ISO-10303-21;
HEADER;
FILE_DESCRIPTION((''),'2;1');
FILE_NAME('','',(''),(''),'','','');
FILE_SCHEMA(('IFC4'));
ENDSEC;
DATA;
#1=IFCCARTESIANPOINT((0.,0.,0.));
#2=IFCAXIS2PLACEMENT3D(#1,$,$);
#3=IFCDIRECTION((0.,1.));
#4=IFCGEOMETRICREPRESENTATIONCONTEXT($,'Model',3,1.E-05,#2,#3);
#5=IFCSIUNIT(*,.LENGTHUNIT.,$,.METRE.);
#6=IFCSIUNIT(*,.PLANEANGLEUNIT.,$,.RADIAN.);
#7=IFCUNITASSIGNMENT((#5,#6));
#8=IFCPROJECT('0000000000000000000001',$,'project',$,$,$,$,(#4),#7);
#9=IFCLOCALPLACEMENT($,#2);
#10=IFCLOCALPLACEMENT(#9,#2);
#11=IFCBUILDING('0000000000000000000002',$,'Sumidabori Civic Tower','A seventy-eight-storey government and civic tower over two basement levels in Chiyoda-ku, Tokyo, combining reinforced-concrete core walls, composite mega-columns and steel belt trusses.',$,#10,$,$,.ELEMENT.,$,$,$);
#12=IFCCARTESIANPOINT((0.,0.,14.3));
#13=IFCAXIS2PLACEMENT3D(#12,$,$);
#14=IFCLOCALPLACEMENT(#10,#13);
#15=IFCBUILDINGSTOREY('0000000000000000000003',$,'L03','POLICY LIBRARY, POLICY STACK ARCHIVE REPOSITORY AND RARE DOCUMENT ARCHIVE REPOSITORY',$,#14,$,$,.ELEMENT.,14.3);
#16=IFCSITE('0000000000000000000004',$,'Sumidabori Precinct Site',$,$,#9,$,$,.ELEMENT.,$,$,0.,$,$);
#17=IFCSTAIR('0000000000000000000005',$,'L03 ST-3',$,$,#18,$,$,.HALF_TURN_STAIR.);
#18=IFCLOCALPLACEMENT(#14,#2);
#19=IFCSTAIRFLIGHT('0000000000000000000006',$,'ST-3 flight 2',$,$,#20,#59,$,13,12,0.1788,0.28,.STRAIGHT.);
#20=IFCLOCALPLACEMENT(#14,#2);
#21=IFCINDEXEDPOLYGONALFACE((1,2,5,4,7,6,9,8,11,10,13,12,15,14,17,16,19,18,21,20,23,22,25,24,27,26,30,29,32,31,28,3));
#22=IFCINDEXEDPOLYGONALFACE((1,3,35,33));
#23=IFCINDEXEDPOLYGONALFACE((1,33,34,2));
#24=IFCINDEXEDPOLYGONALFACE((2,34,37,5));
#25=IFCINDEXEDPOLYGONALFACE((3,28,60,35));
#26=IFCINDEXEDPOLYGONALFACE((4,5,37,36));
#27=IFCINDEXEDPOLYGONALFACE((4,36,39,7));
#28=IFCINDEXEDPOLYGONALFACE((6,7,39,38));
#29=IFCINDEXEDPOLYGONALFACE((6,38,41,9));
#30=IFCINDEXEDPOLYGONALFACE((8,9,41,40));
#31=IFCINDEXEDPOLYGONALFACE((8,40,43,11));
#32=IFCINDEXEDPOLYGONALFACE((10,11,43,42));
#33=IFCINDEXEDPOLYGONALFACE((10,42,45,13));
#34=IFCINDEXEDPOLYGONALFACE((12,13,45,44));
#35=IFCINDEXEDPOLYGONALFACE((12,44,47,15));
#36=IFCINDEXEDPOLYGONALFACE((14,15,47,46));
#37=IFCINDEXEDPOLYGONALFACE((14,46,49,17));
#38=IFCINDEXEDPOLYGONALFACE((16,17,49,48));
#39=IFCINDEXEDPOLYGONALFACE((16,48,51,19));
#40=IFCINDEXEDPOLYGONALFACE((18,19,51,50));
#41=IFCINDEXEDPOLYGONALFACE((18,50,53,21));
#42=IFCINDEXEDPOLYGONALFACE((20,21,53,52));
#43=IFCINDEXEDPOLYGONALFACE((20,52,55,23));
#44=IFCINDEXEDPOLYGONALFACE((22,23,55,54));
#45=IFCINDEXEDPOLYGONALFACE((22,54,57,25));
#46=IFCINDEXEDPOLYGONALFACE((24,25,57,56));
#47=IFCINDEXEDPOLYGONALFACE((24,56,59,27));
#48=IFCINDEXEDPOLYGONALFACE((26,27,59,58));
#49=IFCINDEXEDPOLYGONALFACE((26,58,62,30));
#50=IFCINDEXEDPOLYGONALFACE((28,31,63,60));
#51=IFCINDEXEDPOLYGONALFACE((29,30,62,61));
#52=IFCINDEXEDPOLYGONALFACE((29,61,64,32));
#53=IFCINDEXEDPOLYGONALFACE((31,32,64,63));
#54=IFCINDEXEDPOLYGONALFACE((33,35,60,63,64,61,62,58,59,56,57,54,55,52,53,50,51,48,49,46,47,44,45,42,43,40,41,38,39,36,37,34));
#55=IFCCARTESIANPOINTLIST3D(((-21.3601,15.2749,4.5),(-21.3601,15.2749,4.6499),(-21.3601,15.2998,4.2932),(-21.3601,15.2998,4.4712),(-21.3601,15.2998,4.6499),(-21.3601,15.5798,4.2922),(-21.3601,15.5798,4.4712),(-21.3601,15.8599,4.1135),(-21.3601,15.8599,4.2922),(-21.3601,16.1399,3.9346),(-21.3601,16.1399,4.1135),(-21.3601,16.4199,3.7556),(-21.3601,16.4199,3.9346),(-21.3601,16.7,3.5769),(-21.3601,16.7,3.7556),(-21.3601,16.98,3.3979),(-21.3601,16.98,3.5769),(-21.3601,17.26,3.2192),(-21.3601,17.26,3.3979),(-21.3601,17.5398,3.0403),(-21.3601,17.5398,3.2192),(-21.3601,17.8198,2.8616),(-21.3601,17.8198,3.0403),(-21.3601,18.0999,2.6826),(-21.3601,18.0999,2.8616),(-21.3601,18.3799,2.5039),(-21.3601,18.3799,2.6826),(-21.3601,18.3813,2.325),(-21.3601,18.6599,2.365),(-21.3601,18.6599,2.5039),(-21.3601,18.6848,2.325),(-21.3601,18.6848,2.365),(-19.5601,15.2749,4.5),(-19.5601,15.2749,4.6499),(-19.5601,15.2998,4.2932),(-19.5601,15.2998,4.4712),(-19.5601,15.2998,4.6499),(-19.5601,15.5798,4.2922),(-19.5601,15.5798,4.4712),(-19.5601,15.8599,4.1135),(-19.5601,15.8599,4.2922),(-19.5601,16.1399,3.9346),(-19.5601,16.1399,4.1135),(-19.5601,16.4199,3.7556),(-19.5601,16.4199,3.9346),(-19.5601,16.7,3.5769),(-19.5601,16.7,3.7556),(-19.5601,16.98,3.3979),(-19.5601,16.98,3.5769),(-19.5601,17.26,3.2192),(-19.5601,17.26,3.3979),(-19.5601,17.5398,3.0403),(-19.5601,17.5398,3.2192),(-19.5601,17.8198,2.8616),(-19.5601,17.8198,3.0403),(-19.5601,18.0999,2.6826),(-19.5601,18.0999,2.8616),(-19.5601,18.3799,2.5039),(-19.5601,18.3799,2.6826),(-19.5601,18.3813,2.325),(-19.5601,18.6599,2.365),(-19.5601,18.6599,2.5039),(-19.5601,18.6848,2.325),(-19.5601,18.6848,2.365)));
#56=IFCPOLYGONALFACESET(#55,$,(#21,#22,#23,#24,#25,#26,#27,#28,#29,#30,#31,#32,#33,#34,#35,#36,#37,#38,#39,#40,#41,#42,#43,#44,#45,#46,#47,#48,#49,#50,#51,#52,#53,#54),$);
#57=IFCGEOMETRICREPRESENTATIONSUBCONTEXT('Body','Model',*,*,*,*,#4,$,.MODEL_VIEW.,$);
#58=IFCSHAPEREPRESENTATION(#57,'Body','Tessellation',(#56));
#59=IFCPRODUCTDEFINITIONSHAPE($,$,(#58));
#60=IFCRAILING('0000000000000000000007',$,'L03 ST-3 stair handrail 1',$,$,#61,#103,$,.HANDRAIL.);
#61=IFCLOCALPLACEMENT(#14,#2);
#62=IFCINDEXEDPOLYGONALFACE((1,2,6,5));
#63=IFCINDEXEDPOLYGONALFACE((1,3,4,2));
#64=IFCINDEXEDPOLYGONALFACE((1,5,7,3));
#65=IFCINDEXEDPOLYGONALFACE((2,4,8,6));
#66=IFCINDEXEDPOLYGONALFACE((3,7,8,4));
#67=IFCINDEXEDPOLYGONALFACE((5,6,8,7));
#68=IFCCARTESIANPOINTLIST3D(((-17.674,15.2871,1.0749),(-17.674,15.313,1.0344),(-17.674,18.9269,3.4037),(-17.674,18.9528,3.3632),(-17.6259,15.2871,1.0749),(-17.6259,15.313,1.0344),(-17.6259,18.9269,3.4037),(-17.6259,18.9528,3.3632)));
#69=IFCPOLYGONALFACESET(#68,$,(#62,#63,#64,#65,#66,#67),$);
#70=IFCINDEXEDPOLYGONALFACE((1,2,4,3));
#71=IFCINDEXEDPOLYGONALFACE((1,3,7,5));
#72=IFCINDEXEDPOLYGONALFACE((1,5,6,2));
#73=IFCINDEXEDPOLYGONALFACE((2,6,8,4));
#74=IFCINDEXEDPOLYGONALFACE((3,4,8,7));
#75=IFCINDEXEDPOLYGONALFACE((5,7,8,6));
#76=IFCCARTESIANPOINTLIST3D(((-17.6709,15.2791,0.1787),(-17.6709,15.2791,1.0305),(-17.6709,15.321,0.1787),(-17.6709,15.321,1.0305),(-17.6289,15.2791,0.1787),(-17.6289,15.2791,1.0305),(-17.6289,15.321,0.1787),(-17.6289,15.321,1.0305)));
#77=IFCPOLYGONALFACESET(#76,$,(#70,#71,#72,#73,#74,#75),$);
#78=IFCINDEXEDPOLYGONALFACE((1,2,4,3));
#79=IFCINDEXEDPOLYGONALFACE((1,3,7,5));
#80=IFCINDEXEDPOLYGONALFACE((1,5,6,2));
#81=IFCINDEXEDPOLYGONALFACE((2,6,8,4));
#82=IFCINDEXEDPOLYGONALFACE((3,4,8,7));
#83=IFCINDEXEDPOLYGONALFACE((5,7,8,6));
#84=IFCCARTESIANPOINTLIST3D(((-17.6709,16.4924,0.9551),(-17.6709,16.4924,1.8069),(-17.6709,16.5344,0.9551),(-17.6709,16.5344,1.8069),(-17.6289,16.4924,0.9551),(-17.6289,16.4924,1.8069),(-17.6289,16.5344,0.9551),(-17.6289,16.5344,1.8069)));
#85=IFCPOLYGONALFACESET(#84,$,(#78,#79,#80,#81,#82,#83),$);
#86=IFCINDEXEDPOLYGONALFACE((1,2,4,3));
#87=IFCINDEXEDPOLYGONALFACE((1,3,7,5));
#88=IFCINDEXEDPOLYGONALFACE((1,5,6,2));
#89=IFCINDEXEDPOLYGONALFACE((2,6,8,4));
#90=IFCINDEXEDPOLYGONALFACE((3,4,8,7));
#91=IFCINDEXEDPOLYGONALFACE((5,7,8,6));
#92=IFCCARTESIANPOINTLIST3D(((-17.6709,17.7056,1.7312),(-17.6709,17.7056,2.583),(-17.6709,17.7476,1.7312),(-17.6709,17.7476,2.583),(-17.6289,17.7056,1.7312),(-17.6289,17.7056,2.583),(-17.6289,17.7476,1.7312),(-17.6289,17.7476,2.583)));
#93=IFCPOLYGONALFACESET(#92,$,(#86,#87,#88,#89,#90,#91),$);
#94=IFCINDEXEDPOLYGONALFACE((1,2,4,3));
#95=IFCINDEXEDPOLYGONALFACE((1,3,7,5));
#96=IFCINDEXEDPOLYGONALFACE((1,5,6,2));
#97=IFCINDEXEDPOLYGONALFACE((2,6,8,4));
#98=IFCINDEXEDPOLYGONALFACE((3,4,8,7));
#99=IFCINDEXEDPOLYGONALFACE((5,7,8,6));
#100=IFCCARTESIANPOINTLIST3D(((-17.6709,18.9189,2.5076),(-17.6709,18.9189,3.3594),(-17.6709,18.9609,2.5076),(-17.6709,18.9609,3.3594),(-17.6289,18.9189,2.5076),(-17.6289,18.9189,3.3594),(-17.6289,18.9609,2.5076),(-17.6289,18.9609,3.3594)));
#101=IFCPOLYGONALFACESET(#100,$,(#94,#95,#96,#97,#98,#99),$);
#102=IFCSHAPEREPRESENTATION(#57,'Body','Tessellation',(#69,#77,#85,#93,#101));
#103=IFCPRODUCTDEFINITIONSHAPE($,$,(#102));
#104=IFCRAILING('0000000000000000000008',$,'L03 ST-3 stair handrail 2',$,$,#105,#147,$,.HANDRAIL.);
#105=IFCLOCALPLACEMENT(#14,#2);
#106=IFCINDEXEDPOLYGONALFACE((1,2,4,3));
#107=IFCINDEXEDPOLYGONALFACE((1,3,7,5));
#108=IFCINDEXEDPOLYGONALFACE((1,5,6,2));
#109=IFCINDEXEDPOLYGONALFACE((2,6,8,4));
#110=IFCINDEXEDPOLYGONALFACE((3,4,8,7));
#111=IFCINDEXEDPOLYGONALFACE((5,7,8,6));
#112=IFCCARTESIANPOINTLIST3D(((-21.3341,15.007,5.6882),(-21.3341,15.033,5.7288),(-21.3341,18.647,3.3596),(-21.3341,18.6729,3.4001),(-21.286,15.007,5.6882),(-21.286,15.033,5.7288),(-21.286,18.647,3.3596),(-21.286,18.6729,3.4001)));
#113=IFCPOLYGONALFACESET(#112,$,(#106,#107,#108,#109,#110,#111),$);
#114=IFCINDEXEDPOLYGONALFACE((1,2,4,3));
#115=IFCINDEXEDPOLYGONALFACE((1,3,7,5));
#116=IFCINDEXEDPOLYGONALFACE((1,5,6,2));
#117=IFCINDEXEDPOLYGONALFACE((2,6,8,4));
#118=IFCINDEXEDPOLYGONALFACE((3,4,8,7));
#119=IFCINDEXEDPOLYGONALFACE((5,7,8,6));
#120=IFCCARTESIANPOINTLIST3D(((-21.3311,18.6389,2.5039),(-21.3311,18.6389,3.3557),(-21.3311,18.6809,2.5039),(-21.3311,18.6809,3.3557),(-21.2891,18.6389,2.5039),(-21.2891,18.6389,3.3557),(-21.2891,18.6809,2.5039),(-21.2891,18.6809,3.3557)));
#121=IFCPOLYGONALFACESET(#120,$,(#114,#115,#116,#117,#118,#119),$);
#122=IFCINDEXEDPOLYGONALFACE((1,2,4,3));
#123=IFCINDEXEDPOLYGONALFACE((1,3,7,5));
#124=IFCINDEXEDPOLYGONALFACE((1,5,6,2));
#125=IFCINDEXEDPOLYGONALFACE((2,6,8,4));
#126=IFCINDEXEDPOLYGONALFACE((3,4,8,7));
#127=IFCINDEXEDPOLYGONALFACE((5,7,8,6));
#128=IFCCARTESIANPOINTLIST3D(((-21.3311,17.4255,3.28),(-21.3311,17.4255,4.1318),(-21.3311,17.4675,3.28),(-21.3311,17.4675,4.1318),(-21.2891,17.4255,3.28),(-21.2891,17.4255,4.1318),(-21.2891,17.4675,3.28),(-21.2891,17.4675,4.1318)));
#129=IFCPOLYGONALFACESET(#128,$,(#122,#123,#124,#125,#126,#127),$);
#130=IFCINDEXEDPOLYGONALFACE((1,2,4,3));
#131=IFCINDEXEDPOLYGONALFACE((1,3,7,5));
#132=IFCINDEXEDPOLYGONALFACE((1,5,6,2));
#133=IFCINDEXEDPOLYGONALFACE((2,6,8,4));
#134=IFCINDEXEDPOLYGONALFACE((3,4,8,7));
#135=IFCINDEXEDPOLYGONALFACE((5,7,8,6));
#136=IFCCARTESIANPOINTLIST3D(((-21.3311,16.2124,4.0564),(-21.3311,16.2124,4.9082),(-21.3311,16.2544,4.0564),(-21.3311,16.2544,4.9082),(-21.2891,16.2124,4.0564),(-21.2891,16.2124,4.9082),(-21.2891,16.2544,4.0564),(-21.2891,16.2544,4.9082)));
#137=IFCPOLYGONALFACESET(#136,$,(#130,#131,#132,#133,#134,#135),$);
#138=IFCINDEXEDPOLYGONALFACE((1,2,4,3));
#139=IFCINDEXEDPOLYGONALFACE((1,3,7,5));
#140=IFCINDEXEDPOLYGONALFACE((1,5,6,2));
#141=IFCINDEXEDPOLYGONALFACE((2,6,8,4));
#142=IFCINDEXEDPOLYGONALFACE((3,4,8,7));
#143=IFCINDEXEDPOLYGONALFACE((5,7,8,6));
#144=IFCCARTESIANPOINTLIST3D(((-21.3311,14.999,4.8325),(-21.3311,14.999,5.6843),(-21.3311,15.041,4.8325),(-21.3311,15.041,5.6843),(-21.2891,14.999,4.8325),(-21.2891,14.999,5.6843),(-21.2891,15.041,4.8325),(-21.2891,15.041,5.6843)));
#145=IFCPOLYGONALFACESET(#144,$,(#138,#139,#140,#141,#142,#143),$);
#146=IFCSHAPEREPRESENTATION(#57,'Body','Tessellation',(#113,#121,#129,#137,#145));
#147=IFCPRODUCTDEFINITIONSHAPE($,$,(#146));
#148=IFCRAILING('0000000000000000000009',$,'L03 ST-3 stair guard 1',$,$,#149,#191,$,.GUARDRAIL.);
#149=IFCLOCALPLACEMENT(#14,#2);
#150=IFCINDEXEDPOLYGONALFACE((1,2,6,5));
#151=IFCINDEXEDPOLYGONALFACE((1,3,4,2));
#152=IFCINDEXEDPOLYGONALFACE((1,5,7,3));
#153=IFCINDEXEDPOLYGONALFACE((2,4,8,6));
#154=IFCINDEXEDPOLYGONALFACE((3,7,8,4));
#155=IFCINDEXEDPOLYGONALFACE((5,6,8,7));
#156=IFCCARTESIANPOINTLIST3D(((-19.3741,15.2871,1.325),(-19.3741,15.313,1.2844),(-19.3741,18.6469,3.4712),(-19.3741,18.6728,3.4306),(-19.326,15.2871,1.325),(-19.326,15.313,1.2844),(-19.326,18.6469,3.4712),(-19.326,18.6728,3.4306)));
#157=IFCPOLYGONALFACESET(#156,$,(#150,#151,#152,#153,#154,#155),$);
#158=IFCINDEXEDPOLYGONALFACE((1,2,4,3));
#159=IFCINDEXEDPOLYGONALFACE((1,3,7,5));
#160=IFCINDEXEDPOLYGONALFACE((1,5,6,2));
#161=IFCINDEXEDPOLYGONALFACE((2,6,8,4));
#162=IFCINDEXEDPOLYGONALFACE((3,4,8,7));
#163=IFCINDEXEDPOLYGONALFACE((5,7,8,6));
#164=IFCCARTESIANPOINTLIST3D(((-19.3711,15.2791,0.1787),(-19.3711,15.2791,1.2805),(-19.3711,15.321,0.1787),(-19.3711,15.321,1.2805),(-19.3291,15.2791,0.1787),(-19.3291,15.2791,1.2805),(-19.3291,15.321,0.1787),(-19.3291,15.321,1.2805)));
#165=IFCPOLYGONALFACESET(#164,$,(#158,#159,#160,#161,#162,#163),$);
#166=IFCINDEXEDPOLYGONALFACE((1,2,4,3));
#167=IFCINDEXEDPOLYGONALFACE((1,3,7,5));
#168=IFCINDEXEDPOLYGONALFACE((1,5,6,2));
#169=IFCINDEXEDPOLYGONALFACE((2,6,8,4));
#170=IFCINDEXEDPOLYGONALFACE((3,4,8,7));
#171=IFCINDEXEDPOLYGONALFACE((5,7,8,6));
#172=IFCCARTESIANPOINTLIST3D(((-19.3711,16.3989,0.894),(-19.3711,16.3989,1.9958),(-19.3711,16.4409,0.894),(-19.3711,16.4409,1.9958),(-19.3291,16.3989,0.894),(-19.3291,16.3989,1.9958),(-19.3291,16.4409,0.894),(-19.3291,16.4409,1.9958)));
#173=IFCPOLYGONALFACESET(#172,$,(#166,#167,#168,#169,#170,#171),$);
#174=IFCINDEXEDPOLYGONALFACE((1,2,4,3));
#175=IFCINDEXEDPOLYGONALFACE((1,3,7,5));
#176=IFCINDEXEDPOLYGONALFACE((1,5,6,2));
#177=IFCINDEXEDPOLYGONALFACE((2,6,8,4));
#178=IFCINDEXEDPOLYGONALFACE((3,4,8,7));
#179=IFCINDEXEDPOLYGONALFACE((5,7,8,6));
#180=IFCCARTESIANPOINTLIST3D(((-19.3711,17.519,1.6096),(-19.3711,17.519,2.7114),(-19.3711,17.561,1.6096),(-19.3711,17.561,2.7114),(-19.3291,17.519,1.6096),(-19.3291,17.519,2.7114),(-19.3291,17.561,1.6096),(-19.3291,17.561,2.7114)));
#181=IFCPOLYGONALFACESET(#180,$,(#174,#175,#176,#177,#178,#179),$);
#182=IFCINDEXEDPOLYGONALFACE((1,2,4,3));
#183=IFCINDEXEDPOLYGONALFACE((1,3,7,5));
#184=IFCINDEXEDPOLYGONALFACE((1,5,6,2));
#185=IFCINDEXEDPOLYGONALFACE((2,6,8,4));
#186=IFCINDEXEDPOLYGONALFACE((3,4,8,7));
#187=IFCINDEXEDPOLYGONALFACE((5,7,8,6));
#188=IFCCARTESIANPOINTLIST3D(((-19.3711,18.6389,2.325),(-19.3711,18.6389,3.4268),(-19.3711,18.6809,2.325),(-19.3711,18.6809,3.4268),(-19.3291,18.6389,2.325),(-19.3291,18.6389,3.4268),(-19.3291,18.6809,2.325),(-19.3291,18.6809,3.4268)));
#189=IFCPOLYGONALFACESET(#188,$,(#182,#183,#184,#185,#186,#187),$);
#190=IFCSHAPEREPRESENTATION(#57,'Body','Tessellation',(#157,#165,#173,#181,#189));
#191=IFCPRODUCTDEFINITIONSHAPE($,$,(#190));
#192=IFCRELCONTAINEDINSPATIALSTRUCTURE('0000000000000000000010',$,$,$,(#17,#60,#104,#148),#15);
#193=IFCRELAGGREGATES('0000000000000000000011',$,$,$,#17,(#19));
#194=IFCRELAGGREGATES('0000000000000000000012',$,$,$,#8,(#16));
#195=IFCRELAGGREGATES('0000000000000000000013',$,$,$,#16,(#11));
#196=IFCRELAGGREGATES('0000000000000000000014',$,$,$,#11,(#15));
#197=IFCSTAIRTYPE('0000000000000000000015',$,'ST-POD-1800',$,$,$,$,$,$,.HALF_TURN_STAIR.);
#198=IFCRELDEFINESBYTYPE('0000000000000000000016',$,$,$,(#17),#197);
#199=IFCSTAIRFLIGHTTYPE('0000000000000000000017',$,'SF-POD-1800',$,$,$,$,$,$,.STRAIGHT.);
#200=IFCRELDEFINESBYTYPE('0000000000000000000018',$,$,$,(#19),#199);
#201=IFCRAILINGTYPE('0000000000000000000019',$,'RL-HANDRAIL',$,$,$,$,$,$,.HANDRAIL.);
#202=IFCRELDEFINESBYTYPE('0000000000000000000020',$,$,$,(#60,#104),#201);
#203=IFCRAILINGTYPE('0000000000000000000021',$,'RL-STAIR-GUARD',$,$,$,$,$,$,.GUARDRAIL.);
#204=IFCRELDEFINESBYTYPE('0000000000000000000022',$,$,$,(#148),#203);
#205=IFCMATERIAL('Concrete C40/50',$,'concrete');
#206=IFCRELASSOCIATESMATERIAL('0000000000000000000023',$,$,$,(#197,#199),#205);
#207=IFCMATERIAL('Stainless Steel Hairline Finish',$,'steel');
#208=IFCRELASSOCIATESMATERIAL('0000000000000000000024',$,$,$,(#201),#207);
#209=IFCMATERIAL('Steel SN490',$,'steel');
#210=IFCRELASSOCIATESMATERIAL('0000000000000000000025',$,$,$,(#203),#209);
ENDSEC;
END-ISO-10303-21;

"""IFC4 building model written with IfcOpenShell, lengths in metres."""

from ifc_helpers import new_model, si_unit, direction, frame, origin, origin_2d, place, context, subcontext, project, spatial, polyline, rectangle, outline, extrude, source, transform, mapped, material, type_object, element, aggregate, save


model = new_model("IFC4")

# Units and contexts
model_context = context("Model", 3, precision=1e-05, world=origin(), true_north=direction((0.0, 1.0)))
body_context = subcontext(model_context, "Body", "Model", "MODEL_VIEW")
ifc_project = project(units=[si_unit("LENGTHUNIT", "METRE"), si_unit("PLANEANGLEUNIT", "RADIAN")], contexts=[model_context])

# Site, building, storey
site_placement = place(None, origin())
site = spatial("IfcSite", under=ifc_project, at=site_placement, Name="Sumidabori Precinct Site", CompositionType="ELEMENT", RefElevation=0.0)
building_placement = place(site_placement, origin())
building = spatial("IfcBuilding", under=site, at=building_placement, Name="Sumidabori Civic Tower", Description="A seventy-eight-storey government and civic tower over two basement levels in Chiyoda-ku, Tokyo, combining reinforced-concrete core walls, composite mega-columns and steel belt trusses.", CompositionType="ELEMENT")
storey_placement = place(building_placement, frame((0.0, 0.0, 14.3)))
storey = spatial("IfcBuildingStorey", under=building, at=storey_placement, Name="L03", Description="POLICY LIBRARY, POLICY STACK ARCHIVE REPOSITORY AND RARE DOCUMENT ARCHIVE REPOSITORY", CompositionType="ELEMENT", Elevation=14.3)

# Shared definitions
ifc_material_1 = material(Name="Steel SN490", Category="steel")

# Stair, stair flight
ifc_material_2 = material(Name="Concrete C40/50", Category="concrete")
stair_type = type_object("IfcStairType", Name="ST-POD-1800", PredefinedType="HALF_TURN_STAIR", material=ifc_material_2)
stair_placement = place(storey_placement, origin())
stair = element("IfcStair", 1, at=stair_placement, inside=storey, type_object=stair_type, Name="L03 ST-3", PredefinedType="HALF_TURN_STAIR")
stair_flight_type = type_object("IfcStairFlightType", Name="SF-POD-1800", PredefinedType="STRAIGHT", material=ifc_material_2)
shared_shape_1 = source(origin(), body_context, "Body", "SweptSolid", [
    extrude(outline(polyline([(-0.0249, 0.0), (-0.0249, 0.04), (0.0, 0.04), (0.0, 0.179), (0.28, 0.179), (0.28, 0.3577), (0.5601, 0.3577), (0.5601, 0.5366), (0.8401, 0.5366), (0.8401, 0.7153), (1.1201, 0.7153), (1.1201, 0.8943), (1.3999, 0.8943), (1.3999, 1.073), (1.6799, 1.073), (1.6799, 1.252), (1.96, 1.252), (1.96, 1.4307), (2.24, 1.4307), (2.24, 1.6096), (2.52, 1.6096), (2.52, 1.7886), (2.8, 1.7886), (2.8, 1.9673), (3.0801, 1.9673), (3.0801, 2.1462), (3.3601, 2.1462), (3.3601, 2.325), (3.385, 2.325), (3.385, 2.175), (3.3601, 1.9683), (0.2786, 0.0), (-0.0249, 0.0)])), frame((0.0, 0.8999, 0.0), z_axis=(0.0, -1.0, 0.0), x_axis=(1.0, 0.0, 0.0)), (0.0, 0.0, 1.0), 1.8),
])
stair_flight_1_placement = place(storey_placement, frame((-20.46, 18.6599, 2.325), z_axis=(0.0, 0.0, 1.0), x_axis=(0.0, -1.0, 0.0)))
stair_flight_1 = element("IfcStairFlight", 2, at=stair_flight_1_placement, type_object=stair_flight_type, Name="ST-3 flight 2", NumberOfRisers=13, NumberOfTreads=12, PredefinedType="STRAIGHT", RiserHeight=0.1788, TreadLength=0.28, context=body_context, shape_type="MappedRepresentation", body=[
    mapped(shared_shape_1, transform((0.0, 0.0, 0.0), x_axis=(1.0, 0.0, 0.0), y_axis=(0.0, 1.0, 0.0), z_axis=(0.0, 0.0, 1.0), scale=1.0)),
])
aggregate(stair, [stair_flight_1])

# Railings
ifc_material_3 = material(Name="Stainless Steel Hairline Finish", Category="steel")
railing_type_1 = type_object("IfcRailingType", Name="RL-HANDRAIL", PredefinedType="HANDRAIL", material=ifc_material_3)
railing_1_placement = place(storey_placement, frame((-17.6499, 15.3, 0.1787)))
element("IfcRailing", 3, at=railing_1_placement, inside=storey, type_object=railing_type_1, Name="L03 ST-3 stair handrail 1", PredefinedType="HANDRAIL", context=body_context, shape_type="SweptSolid", body=[
    extrude(rectangle(XDim=0.0481, YDim=0.0481, at=origin_2d()), frame((0.0, 0.0, 0.876), z_axis=(0.0, 0.842342, 0.538943), x_axis=(-1.0, 0.0, 0.0)), (0.0, 0.0, 1.0), 4.321),
    extrude(rectangle(XDim=0.042, YDim=0.042, at=origin_2d()), origin(), (0.0, 0.0, 1.0), 0.8518),
    extrude(rectangle(XDim=0.042, YDim=0.042, at=origin_2d()), frame((0.0, 1.2134, 0.7764)), (0.0, 0.0, 1.0), 0.8518),
    extrude(rectangle(XDim=0.042, YDim=0.042, at=origin_2d()), frame((0.0, 2.4265, 1.5525)), (0.0, 0.0, 1.0), 0.8518),
    extrude(rectangle(XDim=0.042, YDim=0.042, at=origin_2d()), frame((0.0, 3.6399, 2.3289)), (0.0, 0.0, 1.0), 0.8518),
])
railing_2_placement = place(storey_placement, frame((-21.3101, 18.6599, 2.5039)))
element("IfcRailing", 4, at=railing_2_placement, inside=storey, type_object=railing_type_1, Name="L03 ST-3 stair handrail 2", PredefinedType="HANDRAIL", context=body_context, shape_type="SweptSolid", body=[
    extrude(rectangle(XDim=0.0481, YDim=0.0481, at=origin_2d()), frame((0.0, 0.0, 0.876), z_axis=(0.0, -0.842368, 0.538903), x_axis=(1.0, 0.0, 0.0)), (0.0, 0.0, 1.0), 4.321),
    extrude(rectangle(XDim=0.042, YDim=0.042, at=origin_2d()), origin(), (0.0, 0.0, 1.0), 0.8518),
    extrude(rectangle(XDim=0.042, YDim=0.042, at=origin_2d()), frame((0.0, -1.2134, 0.7761)), (0.0, 0.0, 1.0), 0.8518),
    extrude(rectangle(XDim=0.042, YDim=0.042, at=origin_2d()), frame((0.0, -2.4265, 1.5525)), (0.0, 0.0, 1.0), 0.8518),
    extrude(rectangle(XDim=0.042, YDim=0.042, at=origin_2d()), frame((0.0, -3.6399, 2.3286)), (0.0, 0.0, 1.0), 0.8518),
])
railing_type_2 = type_object("IfcRailingType", Name="RL-STAIR-GUARD", PredefinedType="GUARDRAIL", material=ifc_material_1)
railing_3_placement = place(storey_placement, frame((-19.3501, 15.3, 0.1787)))
element("IfcRailing", 5, at=railing_3_placement, inside=storey, type_object=railing_type_2, Name="L03 ST-3 stair guard 1", PredefinedType="GUARDRAIL", context=body_context, shape_type="SweptSolid", body=[
    extrude(rectangle(XDim=0.0481, YDim=0.0481, at=origin_2d()), frame((0.0, 0.0, 1.126), z_axis=(0.0, 0.842735, 0.538329), x_axis=(-1.0, 0.0, 0.0)), (0.0, 0.0, 1.0), 3.9868),
    extrude(rectangle(XDim=0.042, YDim=0.042, at=origin_2d()), origin(), (0.0, 0.0, 1.0), 1.1018),
    extrude(rectangle(XDim=0.042, YDim=0.042, at=origin_2d()), frame((0.0, 1.1199, 0.7153)), (0.0, 0.0, 1.0), 1.1018),
    extrude(rectangle(XDim=0.042, YDim=0.042, at=origin_2d()), frame((0.0, 2.24, 1.4309)), (0.0, 0.0, 1.0), 1.1018),
    extrude(rectangle(XDim=0.042, YDim=0.042, at=origin_2d()), frame((0.0, 3.3599, 2.1462)), (0.0, 0.0, 1.0), 1.1018),
])

save(model, "model.ifc")
